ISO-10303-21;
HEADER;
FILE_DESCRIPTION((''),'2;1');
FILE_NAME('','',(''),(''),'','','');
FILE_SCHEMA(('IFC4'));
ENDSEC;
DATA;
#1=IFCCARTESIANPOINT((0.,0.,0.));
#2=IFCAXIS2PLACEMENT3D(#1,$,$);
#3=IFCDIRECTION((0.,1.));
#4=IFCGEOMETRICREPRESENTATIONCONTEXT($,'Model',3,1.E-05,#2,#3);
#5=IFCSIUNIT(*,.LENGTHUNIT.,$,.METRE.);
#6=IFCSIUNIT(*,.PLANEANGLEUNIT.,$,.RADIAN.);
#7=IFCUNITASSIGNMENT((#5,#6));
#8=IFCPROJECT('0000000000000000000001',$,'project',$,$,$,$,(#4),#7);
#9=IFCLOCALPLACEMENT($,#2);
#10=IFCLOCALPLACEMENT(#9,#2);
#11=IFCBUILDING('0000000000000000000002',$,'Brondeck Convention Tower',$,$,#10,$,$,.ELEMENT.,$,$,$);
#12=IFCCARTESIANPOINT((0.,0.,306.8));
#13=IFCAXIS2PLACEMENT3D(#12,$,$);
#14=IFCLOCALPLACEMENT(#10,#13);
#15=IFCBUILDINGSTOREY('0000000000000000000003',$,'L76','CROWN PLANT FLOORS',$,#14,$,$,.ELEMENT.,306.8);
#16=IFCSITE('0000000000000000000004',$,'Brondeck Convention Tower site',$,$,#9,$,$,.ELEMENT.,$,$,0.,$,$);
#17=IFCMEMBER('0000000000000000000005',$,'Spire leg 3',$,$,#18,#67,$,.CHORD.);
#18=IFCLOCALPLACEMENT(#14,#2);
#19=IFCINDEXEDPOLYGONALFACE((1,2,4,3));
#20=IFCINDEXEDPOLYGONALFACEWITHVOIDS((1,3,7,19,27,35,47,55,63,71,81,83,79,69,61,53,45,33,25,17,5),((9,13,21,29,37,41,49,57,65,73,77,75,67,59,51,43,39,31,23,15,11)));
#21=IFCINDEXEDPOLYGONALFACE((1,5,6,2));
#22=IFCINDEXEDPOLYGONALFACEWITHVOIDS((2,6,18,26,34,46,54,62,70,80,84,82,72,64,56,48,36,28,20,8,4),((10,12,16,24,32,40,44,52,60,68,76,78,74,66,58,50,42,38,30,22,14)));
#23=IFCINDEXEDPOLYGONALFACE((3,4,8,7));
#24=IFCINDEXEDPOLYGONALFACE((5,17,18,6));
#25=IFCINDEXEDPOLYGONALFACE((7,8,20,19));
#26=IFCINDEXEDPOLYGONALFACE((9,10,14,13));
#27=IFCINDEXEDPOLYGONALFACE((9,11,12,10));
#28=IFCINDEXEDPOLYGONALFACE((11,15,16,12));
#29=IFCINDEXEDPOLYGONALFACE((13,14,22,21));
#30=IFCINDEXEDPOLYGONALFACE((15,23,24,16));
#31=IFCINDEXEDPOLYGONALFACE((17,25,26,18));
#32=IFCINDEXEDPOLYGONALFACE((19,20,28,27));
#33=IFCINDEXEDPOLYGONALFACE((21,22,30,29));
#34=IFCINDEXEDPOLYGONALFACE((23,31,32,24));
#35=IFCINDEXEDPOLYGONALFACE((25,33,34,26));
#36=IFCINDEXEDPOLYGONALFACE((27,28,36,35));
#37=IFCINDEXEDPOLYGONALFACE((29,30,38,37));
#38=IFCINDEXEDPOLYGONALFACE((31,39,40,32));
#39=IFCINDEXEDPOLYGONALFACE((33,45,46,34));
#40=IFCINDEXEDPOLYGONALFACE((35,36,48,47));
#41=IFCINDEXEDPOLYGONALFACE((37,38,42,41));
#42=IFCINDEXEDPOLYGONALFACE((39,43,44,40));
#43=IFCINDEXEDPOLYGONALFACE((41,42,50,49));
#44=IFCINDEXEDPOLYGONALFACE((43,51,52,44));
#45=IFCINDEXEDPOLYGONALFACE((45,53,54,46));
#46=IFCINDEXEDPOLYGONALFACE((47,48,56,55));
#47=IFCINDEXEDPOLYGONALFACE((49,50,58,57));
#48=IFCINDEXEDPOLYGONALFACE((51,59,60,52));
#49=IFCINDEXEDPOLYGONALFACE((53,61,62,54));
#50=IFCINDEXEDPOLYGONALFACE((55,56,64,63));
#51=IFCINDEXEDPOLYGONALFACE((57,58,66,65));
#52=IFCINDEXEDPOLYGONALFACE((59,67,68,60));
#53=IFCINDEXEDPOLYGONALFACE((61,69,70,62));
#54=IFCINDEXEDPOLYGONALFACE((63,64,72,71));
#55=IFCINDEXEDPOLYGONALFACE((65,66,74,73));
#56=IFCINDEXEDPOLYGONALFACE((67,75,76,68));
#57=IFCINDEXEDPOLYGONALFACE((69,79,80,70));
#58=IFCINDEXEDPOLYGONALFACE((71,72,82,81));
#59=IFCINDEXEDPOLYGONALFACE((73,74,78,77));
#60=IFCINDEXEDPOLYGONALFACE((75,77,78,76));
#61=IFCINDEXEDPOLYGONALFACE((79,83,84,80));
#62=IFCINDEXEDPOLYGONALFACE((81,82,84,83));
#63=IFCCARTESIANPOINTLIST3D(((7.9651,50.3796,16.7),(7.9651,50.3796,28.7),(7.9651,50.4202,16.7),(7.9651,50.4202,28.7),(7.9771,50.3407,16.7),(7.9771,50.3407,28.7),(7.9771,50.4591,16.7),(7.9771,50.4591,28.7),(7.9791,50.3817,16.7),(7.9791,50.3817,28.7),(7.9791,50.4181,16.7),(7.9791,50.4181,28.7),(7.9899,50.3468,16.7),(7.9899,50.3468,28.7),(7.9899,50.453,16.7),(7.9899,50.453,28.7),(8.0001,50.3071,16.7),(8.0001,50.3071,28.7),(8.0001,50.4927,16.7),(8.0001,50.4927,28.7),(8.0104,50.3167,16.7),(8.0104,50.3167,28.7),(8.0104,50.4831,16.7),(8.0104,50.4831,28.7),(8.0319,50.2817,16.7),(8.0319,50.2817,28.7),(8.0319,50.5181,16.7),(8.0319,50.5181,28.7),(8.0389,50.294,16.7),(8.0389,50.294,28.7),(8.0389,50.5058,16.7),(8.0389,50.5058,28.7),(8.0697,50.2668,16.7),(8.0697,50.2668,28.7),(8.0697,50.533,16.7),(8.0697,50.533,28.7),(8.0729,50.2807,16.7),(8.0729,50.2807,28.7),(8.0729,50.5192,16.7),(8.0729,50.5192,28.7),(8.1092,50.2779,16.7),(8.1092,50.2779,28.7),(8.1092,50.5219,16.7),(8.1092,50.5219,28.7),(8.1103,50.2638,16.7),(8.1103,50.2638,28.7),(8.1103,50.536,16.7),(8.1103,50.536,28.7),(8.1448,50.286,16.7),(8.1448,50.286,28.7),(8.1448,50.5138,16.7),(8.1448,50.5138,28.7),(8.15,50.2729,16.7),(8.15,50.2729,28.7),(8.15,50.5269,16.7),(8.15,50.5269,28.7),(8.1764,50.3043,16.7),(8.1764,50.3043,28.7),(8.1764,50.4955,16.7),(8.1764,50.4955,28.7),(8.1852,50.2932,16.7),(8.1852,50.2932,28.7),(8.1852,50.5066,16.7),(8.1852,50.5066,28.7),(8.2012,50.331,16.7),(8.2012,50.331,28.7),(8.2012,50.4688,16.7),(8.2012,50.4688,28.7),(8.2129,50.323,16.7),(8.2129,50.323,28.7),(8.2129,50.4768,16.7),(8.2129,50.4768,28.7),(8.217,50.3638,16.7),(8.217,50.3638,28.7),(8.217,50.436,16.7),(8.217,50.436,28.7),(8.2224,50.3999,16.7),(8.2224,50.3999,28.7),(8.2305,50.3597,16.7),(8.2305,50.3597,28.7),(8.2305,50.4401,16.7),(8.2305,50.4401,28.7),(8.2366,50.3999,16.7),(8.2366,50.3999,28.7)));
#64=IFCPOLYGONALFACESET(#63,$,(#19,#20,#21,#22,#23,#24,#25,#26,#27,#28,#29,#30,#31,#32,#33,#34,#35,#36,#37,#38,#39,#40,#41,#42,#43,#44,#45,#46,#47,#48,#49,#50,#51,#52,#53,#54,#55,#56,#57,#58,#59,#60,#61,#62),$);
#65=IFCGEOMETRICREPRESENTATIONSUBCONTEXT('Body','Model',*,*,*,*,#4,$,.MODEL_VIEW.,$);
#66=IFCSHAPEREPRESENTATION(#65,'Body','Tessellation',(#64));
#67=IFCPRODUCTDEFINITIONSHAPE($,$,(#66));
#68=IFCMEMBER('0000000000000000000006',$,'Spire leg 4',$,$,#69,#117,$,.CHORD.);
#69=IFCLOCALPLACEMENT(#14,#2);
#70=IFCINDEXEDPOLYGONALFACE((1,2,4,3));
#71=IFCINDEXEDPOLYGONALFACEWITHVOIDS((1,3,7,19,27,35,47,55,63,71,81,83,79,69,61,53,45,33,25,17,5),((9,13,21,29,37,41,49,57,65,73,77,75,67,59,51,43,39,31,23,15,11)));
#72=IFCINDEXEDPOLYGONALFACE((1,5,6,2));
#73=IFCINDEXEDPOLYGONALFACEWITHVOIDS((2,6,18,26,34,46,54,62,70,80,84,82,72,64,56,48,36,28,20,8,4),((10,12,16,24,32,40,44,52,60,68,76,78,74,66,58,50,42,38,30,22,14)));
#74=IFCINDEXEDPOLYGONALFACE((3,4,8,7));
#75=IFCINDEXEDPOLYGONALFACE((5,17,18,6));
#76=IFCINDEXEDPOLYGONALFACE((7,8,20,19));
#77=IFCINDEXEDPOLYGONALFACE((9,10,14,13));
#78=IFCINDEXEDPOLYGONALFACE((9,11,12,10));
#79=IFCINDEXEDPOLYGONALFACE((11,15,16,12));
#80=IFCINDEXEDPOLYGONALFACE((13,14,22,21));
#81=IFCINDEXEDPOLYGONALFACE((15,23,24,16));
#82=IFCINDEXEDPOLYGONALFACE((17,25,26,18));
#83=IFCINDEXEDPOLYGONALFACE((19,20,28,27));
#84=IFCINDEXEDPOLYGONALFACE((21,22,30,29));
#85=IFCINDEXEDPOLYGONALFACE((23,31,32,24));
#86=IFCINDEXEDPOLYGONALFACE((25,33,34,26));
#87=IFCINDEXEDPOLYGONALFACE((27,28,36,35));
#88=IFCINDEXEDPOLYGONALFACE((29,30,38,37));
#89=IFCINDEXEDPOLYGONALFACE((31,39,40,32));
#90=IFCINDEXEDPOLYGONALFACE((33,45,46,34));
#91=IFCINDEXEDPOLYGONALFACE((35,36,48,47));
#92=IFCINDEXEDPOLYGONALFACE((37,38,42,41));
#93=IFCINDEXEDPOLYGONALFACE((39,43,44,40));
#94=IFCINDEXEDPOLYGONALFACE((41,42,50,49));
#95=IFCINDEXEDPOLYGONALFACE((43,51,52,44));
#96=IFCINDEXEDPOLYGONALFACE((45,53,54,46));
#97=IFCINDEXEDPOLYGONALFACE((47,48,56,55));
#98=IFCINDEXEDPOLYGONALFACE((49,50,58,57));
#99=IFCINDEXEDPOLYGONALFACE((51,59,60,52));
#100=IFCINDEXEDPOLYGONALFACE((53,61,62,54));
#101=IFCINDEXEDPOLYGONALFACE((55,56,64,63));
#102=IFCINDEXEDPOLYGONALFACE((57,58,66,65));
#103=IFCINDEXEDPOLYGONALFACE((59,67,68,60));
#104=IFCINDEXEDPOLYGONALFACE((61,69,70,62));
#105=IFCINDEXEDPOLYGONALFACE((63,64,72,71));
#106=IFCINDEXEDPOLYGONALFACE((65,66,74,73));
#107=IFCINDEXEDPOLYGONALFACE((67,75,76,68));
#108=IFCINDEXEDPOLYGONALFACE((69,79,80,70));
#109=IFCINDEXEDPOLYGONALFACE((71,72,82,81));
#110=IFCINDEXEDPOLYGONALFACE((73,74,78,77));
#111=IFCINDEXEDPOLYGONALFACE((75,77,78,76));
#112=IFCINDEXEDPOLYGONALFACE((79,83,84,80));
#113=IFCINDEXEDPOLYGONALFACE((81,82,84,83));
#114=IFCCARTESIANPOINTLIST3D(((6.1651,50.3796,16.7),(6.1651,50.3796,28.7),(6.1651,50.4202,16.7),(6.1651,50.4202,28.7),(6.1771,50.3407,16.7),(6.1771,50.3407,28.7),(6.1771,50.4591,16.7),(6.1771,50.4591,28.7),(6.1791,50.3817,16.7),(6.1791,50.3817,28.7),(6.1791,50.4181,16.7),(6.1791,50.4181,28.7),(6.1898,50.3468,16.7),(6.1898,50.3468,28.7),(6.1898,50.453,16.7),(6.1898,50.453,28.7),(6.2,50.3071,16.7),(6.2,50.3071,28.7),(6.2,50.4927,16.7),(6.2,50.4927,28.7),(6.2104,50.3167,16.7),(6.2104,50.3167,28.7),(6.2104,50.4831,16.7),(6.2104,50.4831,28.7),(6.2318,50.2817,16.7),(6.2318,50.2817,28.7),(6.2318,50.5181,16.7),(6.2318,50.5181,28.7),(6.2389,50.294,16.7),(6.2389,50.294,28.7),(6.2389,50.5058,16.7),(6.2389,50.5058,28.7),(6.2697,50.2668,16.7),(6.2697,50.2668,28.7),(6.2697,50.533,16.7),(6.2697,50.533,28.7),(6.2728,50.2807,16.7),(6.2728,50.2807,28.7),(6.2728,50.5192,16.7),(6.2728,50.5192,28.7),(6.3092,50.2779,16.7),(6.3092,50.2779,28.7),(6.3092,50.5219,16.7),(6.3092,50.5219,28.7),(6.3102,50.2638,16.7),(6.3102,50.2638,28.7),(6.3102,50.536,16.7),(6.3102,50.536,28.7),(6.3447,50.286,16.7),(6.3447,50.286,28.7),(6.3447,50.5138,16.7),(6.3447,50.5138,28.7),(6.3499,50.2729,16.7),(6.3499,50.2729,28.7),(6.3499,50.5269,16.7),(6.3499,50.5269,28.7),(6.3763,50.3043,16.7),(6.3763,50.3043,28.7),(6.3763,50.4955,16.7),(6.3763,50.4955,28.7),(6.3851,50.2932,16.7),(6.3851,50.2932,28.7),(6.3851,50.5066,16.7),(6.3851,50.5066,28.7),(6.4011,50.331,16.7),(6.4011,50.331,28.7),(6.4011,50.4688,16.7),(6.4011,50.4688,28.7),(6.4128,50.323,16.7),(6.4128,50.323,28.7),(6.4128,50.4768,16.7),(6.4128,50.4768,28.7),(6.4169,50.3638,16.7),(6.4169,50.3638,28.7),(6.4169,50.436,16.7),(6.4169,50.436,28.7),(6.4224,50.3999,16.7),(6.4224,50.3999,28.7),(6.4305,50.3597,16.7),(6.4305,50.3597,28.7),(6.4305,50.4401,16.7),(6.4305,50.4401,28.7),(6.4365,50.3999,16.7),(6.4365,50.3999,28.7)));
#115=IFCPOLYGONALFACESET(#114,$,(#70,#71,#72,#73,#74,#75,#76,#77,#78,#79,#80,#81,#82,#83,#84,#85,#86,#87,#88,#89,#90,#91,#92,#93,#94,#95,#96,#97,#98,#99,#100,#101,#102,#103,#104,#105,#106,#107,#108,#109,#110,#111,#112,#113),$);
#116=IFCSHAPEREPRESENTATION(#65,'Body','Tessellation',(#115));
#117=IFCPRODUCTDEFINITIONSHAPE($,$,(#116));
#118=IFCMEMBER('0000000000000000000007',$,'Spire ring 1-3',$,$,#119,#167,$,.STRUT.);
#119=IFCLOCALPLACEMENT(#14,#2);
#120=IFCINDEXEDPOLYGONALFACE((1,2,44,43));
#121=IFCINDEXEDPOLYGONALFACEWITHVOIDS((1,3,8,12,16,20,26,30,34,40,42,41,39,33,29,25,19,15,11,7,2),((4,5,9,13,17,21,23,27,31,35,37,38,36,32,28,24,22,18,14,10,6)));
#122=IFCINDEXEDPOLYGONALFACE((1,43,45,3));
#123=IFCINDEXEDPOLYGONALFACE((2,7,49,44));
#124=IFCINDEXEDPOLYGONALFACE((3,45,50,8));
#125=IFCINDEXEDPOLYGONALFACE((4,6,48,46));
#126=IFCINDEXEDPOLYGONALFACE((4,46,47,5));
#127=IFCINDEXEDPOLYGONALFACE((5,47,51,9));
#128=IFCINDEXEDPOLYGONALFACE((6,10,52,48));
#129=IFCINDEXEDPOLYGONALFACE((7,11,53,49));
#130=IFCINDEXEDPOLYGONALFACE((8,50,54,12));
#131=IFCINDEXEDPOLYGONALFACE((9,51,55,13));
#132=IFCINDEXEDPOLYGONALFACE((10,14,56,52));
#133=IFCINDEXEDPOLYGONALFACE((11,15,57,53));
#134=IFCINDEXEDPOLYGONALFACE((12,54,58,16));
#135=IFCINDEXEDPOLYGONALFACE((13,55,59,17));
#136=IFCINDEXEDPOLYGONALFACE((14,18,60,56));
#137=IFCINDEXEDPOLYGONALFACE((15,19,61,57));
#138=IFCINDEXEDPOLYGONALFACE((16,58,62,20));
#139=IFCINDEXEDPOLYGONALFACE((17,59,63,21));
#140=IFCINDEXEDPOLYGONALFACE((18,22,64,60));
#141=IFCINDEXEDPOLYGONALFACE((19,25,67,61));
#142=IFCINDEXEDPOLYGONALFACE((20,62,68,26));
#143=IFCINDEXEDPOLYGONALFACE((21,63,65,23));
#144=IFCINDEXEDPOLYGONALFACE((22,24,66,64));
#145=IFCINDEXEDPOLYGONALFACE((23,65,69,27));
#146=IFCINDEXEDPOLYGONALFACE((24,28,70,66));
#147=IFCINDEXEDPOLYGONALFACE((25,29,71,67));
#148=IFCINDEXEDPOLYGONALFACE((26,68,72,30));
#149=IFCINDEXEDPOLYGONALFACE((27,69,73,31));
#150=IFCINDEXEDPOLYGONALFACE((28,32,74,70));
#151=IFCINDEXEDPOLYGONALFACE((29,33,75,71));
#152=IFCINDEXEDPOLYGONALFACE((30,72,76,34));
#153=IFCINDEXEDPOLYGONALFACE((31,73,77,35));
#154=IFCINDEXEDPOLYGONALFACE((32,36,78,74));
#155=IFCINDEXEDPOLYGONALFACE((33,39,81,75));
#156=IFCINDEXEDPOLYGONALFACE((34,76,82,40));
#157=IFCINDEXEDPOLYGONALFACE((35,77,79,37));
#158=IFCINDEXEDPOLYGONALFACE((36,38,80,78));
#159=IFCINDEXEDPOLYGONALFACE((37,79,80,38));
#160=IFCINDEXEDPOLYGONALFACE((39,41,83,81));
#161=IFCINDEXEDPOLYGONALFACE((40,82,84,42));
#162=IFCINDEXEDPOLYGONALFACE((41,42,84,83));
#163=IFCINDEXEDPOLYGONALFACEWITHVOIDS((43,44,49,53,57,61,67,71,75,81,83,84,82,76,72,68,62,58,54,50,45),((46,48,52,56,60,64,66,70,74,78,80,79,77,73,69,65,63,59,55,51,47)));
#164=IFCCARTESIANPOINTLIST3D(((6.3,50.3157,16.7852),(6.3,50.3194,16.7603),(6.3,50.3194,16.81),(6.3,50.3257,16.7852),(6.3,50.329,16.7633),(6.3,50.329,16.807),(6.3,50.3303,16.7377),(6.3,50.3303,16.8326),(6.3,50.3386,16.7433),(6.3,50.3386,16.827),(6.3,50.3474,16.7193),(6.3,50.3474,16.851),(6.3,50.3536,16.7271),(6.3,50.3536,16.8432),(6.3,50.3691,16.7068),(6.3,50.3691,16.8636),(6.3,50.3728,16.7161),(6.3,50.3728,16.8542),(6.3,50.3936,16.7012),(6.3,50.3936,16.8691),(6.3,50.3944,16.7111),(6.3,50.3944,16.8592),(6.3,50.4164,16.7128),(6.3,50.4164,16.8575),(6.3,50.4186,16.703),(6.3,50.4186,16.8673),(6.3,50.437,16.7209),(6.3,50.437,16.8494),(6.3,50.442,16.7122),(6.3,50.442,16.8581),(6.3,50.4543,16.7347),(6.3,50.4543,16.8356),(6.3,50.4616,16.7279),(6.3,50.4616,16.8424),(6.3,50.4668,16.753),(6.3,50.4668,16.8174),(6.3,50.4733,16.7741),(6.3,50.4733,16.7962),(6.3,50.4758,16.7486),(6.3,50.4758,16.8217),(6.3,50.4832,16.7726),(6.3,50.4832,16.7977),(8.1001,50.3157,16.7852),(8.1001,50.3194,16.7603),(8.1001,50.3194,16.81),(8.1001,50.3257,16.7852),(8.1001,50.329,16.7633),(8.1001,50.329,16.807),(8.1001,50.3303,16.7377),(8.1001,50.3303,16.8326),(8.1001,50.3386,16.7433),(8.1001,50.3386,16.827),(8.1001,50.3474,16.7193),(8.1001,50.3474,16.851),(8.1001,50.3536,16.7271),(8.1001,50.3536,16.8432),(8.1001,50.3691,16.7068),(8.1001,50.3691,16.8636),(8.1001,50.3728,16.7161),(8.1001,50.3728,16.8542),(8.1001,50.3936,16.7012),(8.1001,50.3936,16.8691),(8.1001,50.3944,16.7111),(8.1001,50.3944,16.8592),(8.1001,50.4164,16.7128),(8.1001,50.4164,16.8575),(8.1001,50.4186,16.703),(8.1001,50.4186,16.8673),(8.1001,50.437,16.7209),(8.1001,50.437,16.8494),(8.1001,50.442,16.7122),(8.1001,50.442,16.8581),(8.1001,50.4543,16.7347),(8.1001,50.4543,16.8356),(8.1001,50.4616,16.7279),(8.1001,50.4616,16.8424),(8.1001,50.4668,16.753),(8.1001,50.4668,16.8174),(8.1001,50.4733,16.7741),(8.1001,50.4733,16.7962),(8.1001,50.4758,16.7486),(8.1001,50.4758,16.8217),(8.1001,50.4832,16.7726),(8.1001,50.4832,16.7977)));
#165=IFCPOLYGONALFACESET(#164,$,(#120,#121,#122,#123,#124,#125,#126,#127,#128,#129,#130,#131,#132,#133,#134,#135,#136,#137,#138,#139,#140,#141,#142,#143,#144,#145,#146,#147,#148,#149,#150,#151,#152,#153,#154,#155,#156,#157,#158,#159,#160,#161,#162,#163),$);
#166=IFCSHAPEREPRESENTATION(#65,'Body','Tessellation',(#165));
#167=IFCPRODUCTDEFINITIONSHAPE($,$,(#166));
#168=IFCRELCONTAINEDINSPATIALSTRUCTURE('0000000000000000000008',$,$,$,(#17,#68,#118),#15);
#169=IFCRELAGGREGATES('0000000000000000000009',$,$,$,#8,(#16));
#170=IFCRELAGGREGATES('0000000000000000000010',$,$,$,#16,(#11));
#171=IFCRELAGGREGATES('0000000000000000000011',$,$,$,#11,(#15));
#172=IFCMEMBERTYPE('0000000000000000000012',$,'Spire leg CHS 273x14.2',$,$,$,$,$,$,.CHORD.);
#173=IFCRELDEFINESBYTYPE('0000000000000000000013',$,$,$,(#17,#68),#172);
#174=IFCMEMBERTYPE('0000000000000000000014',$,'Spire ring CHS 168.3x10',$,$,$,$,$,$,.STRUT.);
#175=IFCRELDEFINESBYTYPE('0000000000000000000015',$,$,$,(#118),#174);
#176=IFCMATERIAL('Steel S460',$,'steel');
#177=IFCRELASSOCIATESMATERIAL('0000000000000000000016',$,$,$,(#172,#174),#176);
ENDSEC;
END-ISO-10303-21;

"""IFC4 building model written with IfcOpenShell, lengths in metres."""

from ifc_helpers import new_model, si_unit, direction, frame, origin, origin_2d, place, context, subcontext, project, spatial, hollow_circle, extrude, material, material_profile, profile_set, type_object, element, save


model = new_model("IFC4")

# Units and contexts
model_context = context("Model", 3, precision=1e-05, world=origin(), true_north=direction((0.0, 1.0)))
body_context = subcontext(model_context, "Body", "Model", "MODEL_VIEW")
ifc_project = project(units=[si_unit("LENGTHUNIT", "METRE"), si_unit("PLANEANGLEUNIT", "RADIAN")], contexts=[model_context])

# Site, building, storey
site_placement = place(None, origin())
site = spatial("IfcSite", under=ifc_project, at=site_placement, Name="Brondeck Convention Tower site", CompositionType="ELEMENT", RefElevation=0.0)
building_placement = place(site_placement, origin())
building = spatial("IfcBuilding", under=site, at=building_placement, Name="Brondeck Convention Tower", CompositionType="ELEMENT")
storey_placement = place(building_placement, frame((0.0, 0.0, 306.8)))
storey = spatial("IfcBuildingStorey", under=building, at=storey_placement, Name="L76", Description="CROWN PLANT FLOORS", CompositionType="ELEMENT", Elevation=306.8)

# Members
ifc_material_1 = material(Name="Steel S460", Category="steel")
ifc_material_profile_1 = material_profile(ifc_material_1, hollow_circle(Radius=0.1365, WallThickness=0.0142, at=origin_2d()), Name="CHS 273x14.2")
ifc_profile_set_1 = profile_set([ifc_material_profile_1], Name="Steel S460")
member_type_1 = type_object("IfcMemberType", Name="Spire leg CHS 273x14.2", PredefinedType="CHORD", material=ifc_profile_set_1)
for number, where, z_axis, x_axis, name in (
    (1, (8.1001, 50.3999, 16.7), (0.0, 0.0, 1.0), (1.0, 0.0, 0.0), "Spire leg 3"),
    (2, (6.3, 50.3999, 16.7), (0.0, 0.0, 1.0), (1.0, 0.0, 0.0), "Spire leg 4"),
):
    element("IfcMember", number, at=place(storey_placement, frame(where, z_axis=z_axis, x_axis=x_axis)), inside=storey, type_object=member_type_1, Name=name, PredefinedType="CHORD", context=body_context, shape_type="SweptSolid", body=[
        extrude(hollow_circle(Radius=0.1365, WallThickness=0.0142, at=origin_2d()), origin(), (0.0, 0.0, 1.0), 12.0),
    ])
ifc_material_profile_2 = material_profile(ifc_material_1, hollow_circle(Radius=0.0842, WallThickness=0.01, at=origin_2d()), Name="CHS 168.3x10")
ifc_profile_set_2 = profile_set([ifc_material_profile_2], Name="Steel S460")
member_type_2 = type_object("IfcMemberType", Name="Spire ring CHS 168.3x10", PredefinedType="STRUT", material=ifc_profile_set_2)
member_1_placement = place(storey_placement, frame((8.1001, 50.3999, 16.7852), z_axis=(-1.0, 0.0, 0.0), x_axis=(0.0, -1.0, 0.0)))
element("IfcMember", 3, at=member_1_placement, inside=storey, type_object=member_type_2, Name="Spire ring 1-3", PredefinedType="STRUT", context=body_context, shape_type="SweptSolid", body=[
    extrude(hollow_circle(Radius=0.0842, WallThickness=0.01, at=origin_2d()), origin(), (0.0, 0.0, 1.0), 1.8),
])

save(model, "model.ifc")
